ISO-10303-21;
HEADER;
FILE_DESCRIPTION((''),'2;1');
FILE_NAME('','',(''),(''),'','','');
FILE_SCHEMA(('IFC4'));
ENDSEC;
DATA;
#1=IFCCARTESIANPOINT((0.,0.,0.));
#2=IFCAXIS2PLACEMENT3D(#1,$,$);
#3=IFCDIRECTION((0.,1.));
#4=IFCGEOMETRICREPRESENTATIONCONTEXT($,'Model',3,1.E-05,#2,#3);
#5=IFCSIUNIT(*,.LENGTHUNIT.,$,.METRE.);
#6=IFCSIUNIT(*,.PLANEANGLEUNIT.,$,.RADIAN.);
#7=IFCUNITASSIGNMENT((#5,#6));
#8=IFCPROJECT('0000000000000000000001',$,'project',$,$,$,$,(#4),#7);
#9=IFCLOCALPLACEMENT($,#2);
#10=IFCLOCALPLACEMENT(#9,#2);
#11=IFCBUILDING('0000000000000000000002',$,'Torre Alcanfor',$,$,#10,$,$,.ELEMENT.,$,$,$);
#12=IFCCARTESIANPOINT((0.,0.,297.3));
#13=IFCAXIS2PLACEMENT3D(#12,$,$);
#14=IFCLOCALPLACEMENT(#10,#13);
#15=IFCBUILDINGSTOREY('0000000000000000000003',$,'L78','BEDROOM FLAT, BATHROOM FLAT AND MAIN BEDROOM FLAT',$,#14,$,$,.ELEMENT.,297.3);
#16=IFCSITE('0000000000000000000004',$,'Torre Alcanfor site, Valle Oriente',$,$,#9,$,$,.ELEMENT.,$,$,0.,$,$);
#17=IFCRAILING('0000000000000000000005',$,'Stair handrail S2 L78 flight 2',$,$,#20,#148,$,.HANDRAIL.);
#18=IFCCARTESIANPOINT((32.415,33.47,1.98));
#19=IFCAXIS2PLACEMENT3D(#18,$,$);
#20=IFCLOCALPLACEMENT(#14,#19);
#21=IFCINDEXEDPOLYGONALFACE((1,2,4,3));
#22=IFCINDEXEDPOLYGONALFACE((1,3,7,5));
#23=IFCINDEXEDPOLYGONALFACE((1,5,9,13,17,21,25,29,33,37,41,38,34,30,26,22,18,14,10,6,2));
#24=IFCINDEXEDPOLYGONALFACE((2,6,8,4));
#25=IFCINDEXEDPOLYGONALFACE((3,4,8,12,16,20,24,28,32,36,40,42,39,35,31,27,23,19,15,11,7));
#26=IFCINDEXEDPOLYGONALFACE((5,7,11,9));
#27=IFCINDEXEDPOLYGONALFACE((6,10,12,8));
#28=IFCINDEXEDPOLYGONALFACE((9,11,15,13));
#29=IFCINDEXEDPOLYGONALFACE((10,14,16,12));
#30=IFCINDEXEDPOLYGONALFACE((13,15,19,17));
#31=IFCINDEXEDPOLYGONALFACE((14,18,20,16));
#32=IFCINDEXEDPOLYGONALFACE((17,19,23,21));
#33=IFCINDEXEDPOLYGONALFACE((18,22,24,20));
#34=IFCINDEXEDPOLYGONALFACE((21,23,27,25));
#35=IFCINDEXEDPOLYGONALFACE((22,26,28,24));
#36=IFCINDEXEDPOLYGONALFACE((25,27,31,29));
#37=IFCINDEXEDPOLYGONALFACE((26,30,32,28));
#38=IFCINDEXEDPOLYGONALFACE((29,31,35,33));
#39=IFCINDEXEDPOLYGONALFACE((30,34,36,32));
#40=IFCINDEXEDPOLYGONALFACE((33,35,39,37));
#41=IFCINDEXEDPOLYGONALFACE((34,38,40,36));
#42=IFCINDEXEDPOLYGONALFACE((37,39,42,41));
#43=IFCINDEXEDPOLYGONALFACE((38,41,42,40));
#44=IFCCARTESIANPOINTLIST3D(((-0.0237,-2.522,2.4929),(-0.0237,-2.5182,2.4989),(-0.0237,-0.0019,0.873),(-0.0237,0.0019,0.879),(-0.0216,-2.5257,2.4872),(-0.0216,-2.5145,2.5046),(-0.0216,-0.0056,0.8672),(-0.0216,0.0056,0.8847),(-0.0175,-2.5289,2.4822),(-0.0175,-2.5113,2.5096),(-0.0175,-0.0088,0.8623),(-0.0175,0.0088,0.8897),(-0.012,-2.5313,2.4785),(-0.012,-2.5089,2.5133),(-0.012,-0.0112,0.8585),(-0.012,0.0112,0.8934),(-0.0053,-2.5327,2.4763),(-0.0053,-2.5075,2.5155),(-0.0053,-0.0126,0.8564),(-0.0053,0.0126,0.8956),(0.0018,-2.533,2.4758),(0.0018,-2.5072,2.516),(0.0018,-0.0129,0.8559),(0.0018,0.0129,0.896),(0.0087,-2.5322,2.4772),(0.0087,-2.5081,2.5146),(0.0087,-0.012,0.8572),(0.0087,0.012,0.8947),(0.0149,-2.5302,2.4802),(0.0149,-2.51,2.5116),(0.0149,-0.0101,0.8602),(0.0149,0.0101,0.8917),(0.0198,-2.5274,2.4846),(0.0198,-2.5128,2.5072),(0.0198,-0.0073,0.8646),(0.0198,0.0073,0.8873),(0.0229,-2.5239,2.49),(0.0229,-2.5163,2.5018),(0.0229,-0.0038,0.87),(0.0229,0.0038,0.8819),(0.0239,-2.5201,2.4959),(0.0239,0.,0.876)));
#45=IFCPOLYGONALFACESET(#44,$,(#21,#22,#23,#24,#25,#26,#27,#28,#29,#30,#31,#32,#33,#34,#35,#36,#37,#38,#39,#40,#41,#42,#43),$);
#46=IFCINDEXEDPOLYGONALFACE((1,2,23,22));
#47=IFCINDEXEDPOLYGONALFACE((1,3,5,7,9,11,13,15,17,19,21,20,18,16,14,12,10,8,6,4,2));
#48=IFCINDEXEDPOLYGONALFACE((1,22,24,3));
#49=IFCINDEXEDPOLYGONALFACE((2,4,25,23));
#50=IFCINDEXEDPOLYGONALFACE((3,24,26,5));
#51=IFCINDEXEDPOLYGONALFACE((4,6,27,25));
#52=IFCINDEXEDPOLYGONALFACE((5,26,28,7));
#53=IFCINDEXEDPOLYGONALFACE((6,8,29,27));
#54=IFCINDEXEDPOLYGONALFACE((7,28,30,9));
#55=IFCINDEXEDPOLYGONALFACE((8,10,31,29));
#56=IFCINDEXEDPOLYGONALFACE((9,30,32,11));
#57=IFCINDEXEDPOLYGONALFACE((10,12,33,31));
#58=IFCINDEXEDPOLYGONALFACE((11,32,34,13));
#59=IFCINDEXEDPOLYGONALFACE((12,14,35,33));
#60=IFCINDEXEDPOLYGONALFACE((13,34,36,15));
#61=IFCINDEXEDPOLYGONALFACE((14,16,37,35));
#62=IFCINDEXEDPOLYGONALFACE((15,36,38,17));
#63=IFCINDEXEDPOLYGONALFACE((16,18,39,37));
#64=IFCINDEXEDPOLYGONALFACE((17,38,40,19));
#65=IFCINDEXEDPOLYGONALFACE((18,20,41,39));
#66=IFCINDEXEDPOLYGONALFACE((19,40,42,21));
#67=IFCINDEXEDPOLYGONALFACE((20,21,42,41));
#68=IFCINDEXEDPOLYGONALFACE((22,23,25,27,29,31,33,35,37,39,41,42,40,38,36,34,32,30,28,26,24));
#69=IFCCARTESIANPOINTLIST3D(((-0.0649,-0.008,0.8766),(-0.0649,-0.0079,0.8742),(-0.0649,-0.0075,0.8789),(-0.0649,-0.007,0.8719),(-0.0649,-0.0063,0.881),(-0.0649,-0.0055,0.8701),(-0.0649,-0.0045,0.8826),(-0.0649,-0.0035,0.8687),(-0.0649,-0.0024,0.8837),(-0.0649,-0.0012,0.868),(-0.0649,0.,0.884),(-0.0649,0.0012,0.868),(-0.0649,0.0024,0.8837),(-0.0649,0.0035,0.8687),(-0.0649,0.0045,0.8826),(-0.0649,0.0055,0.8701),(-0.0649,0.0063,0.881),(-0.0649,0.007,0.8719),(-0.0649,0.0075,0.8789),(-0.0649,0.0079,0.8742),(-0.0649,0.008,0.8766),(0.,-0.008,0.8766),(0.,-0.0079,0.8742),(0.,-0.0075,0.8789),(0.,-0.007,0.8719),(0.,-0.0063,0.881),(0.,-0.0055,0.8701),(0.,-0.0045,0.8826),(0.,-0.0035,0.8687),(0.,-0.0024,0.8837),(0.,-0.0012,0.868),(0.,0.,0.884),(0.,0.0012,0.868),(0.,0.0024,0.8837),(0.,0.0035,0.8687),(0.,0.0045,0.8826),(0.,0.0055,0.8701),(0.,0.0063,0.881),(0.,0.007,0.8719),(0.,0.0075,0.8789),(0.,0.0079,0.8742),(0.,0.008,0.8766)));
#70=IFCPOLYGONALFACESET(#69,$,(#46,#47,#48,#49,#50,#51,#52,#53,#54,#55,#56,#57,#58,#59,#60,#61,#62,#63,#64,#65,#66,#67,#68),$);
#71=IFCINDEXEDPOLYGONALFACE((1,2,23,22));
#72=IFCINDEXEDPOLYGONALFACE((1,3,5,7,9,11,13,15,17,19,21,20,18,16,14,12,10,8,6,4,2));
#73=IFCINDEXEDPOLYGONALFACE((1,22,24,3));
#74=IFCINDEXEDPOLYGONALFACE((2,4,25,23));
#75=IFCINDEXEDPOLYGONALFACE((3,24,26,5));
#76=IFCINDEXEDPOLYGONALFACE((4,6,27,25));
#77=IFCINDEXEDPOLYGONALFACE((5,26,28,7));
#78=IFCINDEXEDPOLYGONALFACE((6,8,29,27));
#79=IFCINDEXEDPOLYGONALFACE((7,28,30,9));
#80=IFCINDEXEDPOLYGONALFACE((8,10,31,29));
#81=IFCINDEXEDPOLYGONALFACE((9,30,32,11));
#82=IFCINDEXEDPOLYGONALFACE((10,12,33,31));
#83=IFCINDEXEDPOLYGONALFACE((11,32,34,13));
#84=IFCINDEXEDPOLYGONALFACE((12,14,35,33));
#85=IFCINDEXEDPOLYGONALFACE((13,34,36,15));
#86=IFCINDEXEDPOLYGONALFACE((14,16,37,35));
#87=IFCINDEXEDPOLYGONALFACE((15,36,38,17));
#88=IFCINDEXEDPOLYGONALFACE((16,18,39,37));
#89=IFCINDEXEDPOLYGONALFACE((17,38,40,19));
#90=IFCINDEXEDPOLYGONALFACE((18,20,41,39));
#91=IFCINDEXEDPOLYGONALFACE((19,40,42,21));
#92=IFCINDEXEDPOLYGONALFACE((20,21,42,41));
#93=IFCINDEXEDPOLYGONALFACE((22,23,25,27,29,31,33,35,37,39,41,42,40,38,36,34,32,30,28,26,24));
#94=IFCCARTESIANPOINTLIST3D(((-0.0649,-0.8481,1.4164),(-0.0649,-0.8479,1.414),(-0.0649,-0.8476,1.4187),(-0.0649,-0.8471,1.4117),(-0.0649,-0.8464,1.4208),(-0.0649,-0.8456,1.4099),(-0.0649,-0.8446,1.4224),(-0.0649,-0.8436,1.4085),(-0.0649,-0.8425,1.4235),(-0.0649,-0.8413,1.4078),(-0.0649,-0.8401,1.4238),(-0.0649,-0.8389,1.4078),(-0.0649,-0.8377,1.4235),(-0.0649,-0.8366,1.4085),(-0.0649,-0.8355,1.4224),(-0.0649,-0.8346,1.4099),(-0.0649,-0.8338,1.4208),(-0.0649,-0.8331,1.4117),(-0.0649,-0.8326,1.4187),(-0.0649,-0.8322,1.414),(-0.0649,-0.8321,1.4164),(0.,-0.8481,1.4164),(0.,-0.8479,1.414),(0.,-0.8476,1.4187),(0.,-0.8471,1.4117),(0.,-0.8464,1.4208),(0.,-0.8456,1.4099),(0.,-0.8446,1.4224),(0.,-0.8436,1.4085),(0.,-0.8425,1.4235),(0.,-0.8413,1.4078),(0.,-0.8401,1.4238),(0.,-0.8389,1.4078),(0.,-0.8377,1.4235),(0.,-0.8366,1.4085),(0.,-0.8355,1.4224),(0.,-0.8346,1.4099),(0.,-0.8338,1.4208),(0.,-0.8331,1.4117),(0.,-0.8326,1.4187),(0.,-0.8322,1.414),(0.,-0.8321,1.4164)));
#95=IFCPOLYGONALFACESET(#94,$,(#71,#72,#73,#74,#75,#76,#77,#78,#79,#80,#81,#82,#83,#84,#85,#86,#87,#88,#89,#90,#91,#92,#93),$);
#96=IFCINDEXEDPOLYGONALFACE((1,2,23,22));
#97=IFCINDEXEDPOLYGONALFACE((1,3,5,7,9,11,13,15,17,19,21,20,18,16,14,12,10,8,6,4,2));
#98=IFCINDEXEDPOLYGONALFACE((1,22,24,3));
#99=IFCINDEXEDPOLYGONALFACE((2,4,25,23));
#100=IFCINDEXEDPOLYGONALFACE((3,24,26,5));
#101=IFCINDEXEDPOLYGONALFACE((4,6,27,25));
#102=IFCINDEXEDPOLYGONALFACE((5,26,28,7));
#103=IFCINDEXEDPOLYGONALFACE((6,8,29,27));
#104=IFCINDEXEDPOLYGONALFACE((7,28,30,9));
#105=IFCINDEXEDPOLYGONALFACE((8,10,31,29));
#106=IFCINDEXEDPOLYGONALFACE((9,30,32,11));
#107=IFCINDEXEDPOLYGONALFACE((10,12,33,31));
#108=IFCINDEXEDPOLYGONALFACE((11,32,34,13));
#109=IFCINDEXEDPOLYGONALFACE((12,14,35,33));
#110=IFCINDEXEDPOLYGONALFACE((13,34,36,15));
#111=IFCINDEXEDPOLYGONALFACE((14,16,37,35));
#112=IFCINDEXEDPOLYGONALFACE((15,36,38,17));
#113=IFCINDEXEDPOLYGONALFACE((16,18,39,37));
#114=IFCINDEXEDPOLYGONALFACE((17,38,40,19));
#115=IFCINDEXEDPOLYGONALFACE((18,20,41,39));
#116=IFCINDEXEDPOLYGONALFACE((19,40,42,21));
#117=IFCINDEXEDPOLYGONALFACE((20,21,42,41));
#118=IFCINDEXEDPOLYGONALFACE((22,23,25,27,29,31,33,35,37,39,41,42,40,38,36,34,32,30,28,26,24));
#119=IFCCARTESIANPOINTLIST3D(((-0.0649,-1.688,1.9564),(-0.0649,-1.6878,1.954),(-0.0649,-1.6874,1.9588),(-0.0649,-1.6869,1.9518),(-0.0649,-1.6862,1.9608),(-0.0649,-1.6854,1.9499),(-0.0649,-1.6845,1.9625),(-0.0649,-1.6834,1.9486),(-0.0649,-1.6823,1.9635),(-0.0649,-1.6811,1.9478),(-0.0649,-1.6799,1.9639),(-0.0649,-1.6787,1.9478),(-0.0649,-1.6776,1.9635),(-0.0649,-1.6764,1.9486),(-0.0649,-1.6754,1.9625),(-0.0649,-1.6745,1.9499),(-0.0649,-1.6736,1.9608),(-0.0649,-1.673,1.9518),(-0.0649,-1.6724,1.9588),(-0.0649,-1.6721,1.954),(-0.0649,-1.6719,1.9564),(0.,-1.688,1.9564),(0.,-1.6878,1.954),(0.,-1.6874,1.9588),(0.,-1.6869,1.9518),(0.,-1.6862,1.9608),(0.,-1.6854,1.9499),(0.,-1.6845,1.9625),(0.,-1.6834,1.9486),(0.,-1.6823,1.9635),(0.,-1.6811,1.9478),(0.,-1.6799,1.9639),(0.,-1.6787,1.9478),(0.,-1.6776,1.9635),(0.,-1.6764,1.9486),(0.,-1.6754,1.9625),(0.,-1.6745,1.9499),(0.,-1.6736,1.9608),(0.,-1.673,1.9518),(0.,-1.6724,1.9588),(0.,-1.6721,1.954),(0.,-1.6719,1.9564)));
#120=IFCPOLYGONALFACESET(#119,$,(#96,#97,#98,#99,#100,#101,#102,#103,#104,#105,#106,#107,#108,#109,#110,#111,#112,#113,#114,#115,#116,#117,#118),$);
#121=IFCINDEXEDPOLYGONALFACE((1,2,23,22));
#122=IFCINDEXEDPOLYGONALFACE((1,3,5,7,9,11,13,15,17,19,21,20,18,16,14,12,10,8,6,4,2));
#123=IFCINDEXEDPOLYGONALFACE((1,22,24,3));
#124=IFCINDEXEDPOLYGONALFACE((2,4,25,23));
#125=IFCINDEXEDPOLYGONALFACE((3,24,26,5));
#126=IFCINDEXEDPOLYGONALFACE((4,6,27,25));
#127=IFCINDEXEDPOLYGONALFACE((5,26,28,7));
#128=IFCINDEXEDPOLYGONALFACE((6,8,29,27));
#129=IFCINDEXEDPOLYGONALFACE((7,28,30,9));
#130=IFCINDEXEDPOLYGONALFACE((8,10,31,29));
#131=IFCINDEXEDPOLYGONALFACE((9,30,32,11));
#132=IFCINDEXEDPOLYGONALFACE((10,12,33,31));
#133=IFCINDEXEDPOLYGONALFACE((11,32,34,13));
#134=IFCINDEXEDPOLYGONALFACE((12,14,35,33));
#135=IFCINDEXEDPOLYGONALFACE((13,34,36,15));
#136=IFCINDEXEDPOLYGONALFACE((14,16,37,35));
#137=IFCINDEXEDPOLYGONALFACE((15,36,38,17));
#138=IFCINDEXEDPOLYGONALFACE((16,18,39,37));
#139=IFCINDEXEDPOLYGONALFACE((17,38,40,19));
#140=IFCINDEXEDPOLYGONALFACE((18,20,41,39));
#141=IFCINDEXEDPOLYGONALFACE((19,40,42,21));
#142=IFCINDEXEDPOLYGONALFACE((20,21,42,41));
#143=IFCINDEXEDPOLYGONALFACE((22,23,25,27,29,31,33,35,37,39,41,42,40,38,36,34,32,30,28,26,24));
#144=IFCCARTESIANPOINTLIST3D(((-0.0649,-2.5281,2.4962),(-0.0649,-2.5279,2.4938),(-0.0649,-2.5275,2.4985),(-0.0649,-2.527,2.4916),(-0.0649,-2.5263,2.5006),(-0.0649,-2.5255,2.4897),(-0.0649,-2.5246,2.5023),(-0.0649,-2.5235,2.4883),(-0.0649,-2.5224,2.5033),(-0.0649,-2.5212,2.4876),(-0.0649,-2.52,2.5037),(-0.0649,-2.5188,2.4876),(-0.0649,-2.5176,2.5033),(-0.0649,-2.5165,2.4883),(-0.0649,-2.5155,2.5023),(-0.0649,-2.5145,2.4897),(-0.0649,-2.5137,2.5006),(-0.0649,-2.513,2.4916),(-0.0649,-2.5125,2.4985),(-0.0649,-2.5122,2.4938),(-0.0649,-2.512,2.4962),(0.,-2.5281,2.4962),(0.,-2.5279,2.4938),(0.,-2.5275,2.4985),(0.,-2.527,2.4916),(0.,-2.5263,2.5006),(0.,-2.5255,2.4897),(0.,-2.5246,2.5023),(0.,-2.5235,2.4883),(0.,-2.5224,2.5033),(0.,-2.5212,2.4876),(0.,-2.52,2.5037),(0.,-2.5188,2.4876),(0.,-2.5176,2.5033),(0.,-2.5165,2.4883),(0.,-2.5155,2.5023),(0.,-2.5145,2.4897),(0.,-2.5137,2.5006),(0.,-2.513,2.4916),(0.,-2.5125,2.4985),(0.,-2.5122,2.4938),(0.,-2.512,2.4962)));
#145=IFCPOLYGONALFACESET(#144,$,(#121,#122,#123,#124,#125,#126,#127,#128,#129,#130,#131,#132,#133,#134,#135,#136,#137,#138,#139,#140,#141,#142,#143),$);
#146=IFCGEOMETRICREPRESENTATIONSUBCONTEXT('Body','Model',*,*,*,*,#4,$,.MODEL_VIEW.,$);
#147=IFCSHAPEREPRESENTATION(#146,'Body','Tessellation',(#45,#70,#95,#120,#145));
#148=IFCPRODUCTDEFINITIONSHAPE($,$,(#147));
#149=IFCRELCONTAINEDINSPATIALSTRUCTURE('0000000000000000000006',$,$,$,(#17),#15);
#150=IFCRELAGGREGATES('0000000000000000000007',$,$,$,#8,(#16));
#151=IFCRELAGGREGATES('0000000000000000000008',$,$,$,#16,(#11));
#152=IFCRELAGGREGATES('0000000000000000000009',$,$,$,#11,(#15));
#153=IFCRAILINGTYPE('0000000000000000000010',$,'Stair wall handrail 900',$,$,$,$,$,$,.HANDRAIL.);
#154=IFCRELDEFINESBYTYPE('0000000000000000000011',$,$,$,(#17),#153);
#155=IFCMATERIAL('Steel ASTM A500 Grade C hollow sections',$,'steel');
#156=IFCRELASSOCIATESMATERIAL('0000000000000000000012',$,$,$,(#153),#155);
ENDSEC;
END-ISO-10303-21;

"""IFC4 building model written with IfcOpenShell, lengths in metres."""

from ifc_helpers import new_model, si_unit, direction, frame, origin, origin_2d, place, context, subcontext, project, spatial, circle, extrude, material, type_object, element, save


model = new_model("IFC4")

# Units and contexts
model_context = context("Model", 3, precision=1e-05, world=origin(), true_north=direction((0.0, 1.0)))
body_context = subcontext(model_context, "Body", "Model", "MODEL_VIEW")
ifc_project = project(units=[si_unit("LENGTHUNIT", "METRE"), si_unit("PLANEANGLEUNIT", "RADIAN")], contexts=[model_context])

# Site, building, storey
site_placement = place(None, origin())
site = spatial("IfcSite", under=ifc_project, at=site_placement, Name="Torre Alcanfor site, Valle Oriente", CompositionType="ELEMENT", RefElevation=0.0)
building_placement = place(site_placement, origin())
building = spatial("IfcBuilding", under=site, at=building_placement, Name="Torre Alcanfor", CompositionType="ELEMENT")
storey_placement = place(building_placement, frame((0.0, 0.0, 297.3)))
storey = spatial("IfcBuildingStorey", under=building, at=storey_placement, Name="L78", Description="BEDROOM FLAT, BATHROOM FLAT AND MAIN BEDROOM FLAT", CompositionType="ELEMENT", Elevation=297.3)

# Railing
ifc_material_1 = material(Name="Steel ASTM A500 Grade C hollow sections", Category="steel")
railing_type_1 = type_object("IfcRailingType", Name="Stair wall handrail 900", PredefinedType="HANDRAIL", material=ifc_material_1)
railing_1_placement = place(storey_placement, frame((32.415, 33.47, 1.98)))
element("IfcRailing", 1, at=railing_1_placement, inside=storey, type_object=railing_type_1, Name="Stair handrail S2 L78 flight 2", PredefinedType="HANDRAIL", context=body_context, shape_type="SweptSolid", body=[
    extrude(circle(Radius=0.0239, at=origin_2d()), frame((0.0, 0.0, 0.876), z_axis=(0.0, -0.8412, 0.540725), x_axis=(1.0, 0.0, 0.0)), (0.0, 0.0, 1.0), 2.9958),
    extrude(circle(Radius=0.0081, at=origin_2d()), frame((0.0, 0.0, 0.876), z_axis=(-1.0, 0.0, 0.0), x_axis=(0.0, 0.0, 1.0)), (0.0, 0.0, 1.0), 0.0649),
    extrude(circle(Radius=0.0081, at=origin_2d()), frame((0.0, -0.8401, 1.4158), z_axis=(-1.0, 0.0, 0.0), x_axis=(0.0, 0.0, 1.0)), (0.0, 0.0, 1.0), 0.0649),
    extrude(circle(Radius=0.0081, at=origin_2d()), frame((0.0, -1.6799, 1.9558), z_axis=(-1.0, 0.0, 0.0), x_axis=(0.0, 0.0, 1.0)), (0.0, 0.0, 1.0), 0.0649),
    extrude(circle(Radius=0.0081, at=origin_2d()), frame((0.0, -2.52, 2.4956), z_axis=(-1.0, 0.0, 0.0), x_axis=(0.0, 0.0, 1.0)), (0.0, 0.0, 1.0), 0.0649),
])

save(model, "model.ifc")
